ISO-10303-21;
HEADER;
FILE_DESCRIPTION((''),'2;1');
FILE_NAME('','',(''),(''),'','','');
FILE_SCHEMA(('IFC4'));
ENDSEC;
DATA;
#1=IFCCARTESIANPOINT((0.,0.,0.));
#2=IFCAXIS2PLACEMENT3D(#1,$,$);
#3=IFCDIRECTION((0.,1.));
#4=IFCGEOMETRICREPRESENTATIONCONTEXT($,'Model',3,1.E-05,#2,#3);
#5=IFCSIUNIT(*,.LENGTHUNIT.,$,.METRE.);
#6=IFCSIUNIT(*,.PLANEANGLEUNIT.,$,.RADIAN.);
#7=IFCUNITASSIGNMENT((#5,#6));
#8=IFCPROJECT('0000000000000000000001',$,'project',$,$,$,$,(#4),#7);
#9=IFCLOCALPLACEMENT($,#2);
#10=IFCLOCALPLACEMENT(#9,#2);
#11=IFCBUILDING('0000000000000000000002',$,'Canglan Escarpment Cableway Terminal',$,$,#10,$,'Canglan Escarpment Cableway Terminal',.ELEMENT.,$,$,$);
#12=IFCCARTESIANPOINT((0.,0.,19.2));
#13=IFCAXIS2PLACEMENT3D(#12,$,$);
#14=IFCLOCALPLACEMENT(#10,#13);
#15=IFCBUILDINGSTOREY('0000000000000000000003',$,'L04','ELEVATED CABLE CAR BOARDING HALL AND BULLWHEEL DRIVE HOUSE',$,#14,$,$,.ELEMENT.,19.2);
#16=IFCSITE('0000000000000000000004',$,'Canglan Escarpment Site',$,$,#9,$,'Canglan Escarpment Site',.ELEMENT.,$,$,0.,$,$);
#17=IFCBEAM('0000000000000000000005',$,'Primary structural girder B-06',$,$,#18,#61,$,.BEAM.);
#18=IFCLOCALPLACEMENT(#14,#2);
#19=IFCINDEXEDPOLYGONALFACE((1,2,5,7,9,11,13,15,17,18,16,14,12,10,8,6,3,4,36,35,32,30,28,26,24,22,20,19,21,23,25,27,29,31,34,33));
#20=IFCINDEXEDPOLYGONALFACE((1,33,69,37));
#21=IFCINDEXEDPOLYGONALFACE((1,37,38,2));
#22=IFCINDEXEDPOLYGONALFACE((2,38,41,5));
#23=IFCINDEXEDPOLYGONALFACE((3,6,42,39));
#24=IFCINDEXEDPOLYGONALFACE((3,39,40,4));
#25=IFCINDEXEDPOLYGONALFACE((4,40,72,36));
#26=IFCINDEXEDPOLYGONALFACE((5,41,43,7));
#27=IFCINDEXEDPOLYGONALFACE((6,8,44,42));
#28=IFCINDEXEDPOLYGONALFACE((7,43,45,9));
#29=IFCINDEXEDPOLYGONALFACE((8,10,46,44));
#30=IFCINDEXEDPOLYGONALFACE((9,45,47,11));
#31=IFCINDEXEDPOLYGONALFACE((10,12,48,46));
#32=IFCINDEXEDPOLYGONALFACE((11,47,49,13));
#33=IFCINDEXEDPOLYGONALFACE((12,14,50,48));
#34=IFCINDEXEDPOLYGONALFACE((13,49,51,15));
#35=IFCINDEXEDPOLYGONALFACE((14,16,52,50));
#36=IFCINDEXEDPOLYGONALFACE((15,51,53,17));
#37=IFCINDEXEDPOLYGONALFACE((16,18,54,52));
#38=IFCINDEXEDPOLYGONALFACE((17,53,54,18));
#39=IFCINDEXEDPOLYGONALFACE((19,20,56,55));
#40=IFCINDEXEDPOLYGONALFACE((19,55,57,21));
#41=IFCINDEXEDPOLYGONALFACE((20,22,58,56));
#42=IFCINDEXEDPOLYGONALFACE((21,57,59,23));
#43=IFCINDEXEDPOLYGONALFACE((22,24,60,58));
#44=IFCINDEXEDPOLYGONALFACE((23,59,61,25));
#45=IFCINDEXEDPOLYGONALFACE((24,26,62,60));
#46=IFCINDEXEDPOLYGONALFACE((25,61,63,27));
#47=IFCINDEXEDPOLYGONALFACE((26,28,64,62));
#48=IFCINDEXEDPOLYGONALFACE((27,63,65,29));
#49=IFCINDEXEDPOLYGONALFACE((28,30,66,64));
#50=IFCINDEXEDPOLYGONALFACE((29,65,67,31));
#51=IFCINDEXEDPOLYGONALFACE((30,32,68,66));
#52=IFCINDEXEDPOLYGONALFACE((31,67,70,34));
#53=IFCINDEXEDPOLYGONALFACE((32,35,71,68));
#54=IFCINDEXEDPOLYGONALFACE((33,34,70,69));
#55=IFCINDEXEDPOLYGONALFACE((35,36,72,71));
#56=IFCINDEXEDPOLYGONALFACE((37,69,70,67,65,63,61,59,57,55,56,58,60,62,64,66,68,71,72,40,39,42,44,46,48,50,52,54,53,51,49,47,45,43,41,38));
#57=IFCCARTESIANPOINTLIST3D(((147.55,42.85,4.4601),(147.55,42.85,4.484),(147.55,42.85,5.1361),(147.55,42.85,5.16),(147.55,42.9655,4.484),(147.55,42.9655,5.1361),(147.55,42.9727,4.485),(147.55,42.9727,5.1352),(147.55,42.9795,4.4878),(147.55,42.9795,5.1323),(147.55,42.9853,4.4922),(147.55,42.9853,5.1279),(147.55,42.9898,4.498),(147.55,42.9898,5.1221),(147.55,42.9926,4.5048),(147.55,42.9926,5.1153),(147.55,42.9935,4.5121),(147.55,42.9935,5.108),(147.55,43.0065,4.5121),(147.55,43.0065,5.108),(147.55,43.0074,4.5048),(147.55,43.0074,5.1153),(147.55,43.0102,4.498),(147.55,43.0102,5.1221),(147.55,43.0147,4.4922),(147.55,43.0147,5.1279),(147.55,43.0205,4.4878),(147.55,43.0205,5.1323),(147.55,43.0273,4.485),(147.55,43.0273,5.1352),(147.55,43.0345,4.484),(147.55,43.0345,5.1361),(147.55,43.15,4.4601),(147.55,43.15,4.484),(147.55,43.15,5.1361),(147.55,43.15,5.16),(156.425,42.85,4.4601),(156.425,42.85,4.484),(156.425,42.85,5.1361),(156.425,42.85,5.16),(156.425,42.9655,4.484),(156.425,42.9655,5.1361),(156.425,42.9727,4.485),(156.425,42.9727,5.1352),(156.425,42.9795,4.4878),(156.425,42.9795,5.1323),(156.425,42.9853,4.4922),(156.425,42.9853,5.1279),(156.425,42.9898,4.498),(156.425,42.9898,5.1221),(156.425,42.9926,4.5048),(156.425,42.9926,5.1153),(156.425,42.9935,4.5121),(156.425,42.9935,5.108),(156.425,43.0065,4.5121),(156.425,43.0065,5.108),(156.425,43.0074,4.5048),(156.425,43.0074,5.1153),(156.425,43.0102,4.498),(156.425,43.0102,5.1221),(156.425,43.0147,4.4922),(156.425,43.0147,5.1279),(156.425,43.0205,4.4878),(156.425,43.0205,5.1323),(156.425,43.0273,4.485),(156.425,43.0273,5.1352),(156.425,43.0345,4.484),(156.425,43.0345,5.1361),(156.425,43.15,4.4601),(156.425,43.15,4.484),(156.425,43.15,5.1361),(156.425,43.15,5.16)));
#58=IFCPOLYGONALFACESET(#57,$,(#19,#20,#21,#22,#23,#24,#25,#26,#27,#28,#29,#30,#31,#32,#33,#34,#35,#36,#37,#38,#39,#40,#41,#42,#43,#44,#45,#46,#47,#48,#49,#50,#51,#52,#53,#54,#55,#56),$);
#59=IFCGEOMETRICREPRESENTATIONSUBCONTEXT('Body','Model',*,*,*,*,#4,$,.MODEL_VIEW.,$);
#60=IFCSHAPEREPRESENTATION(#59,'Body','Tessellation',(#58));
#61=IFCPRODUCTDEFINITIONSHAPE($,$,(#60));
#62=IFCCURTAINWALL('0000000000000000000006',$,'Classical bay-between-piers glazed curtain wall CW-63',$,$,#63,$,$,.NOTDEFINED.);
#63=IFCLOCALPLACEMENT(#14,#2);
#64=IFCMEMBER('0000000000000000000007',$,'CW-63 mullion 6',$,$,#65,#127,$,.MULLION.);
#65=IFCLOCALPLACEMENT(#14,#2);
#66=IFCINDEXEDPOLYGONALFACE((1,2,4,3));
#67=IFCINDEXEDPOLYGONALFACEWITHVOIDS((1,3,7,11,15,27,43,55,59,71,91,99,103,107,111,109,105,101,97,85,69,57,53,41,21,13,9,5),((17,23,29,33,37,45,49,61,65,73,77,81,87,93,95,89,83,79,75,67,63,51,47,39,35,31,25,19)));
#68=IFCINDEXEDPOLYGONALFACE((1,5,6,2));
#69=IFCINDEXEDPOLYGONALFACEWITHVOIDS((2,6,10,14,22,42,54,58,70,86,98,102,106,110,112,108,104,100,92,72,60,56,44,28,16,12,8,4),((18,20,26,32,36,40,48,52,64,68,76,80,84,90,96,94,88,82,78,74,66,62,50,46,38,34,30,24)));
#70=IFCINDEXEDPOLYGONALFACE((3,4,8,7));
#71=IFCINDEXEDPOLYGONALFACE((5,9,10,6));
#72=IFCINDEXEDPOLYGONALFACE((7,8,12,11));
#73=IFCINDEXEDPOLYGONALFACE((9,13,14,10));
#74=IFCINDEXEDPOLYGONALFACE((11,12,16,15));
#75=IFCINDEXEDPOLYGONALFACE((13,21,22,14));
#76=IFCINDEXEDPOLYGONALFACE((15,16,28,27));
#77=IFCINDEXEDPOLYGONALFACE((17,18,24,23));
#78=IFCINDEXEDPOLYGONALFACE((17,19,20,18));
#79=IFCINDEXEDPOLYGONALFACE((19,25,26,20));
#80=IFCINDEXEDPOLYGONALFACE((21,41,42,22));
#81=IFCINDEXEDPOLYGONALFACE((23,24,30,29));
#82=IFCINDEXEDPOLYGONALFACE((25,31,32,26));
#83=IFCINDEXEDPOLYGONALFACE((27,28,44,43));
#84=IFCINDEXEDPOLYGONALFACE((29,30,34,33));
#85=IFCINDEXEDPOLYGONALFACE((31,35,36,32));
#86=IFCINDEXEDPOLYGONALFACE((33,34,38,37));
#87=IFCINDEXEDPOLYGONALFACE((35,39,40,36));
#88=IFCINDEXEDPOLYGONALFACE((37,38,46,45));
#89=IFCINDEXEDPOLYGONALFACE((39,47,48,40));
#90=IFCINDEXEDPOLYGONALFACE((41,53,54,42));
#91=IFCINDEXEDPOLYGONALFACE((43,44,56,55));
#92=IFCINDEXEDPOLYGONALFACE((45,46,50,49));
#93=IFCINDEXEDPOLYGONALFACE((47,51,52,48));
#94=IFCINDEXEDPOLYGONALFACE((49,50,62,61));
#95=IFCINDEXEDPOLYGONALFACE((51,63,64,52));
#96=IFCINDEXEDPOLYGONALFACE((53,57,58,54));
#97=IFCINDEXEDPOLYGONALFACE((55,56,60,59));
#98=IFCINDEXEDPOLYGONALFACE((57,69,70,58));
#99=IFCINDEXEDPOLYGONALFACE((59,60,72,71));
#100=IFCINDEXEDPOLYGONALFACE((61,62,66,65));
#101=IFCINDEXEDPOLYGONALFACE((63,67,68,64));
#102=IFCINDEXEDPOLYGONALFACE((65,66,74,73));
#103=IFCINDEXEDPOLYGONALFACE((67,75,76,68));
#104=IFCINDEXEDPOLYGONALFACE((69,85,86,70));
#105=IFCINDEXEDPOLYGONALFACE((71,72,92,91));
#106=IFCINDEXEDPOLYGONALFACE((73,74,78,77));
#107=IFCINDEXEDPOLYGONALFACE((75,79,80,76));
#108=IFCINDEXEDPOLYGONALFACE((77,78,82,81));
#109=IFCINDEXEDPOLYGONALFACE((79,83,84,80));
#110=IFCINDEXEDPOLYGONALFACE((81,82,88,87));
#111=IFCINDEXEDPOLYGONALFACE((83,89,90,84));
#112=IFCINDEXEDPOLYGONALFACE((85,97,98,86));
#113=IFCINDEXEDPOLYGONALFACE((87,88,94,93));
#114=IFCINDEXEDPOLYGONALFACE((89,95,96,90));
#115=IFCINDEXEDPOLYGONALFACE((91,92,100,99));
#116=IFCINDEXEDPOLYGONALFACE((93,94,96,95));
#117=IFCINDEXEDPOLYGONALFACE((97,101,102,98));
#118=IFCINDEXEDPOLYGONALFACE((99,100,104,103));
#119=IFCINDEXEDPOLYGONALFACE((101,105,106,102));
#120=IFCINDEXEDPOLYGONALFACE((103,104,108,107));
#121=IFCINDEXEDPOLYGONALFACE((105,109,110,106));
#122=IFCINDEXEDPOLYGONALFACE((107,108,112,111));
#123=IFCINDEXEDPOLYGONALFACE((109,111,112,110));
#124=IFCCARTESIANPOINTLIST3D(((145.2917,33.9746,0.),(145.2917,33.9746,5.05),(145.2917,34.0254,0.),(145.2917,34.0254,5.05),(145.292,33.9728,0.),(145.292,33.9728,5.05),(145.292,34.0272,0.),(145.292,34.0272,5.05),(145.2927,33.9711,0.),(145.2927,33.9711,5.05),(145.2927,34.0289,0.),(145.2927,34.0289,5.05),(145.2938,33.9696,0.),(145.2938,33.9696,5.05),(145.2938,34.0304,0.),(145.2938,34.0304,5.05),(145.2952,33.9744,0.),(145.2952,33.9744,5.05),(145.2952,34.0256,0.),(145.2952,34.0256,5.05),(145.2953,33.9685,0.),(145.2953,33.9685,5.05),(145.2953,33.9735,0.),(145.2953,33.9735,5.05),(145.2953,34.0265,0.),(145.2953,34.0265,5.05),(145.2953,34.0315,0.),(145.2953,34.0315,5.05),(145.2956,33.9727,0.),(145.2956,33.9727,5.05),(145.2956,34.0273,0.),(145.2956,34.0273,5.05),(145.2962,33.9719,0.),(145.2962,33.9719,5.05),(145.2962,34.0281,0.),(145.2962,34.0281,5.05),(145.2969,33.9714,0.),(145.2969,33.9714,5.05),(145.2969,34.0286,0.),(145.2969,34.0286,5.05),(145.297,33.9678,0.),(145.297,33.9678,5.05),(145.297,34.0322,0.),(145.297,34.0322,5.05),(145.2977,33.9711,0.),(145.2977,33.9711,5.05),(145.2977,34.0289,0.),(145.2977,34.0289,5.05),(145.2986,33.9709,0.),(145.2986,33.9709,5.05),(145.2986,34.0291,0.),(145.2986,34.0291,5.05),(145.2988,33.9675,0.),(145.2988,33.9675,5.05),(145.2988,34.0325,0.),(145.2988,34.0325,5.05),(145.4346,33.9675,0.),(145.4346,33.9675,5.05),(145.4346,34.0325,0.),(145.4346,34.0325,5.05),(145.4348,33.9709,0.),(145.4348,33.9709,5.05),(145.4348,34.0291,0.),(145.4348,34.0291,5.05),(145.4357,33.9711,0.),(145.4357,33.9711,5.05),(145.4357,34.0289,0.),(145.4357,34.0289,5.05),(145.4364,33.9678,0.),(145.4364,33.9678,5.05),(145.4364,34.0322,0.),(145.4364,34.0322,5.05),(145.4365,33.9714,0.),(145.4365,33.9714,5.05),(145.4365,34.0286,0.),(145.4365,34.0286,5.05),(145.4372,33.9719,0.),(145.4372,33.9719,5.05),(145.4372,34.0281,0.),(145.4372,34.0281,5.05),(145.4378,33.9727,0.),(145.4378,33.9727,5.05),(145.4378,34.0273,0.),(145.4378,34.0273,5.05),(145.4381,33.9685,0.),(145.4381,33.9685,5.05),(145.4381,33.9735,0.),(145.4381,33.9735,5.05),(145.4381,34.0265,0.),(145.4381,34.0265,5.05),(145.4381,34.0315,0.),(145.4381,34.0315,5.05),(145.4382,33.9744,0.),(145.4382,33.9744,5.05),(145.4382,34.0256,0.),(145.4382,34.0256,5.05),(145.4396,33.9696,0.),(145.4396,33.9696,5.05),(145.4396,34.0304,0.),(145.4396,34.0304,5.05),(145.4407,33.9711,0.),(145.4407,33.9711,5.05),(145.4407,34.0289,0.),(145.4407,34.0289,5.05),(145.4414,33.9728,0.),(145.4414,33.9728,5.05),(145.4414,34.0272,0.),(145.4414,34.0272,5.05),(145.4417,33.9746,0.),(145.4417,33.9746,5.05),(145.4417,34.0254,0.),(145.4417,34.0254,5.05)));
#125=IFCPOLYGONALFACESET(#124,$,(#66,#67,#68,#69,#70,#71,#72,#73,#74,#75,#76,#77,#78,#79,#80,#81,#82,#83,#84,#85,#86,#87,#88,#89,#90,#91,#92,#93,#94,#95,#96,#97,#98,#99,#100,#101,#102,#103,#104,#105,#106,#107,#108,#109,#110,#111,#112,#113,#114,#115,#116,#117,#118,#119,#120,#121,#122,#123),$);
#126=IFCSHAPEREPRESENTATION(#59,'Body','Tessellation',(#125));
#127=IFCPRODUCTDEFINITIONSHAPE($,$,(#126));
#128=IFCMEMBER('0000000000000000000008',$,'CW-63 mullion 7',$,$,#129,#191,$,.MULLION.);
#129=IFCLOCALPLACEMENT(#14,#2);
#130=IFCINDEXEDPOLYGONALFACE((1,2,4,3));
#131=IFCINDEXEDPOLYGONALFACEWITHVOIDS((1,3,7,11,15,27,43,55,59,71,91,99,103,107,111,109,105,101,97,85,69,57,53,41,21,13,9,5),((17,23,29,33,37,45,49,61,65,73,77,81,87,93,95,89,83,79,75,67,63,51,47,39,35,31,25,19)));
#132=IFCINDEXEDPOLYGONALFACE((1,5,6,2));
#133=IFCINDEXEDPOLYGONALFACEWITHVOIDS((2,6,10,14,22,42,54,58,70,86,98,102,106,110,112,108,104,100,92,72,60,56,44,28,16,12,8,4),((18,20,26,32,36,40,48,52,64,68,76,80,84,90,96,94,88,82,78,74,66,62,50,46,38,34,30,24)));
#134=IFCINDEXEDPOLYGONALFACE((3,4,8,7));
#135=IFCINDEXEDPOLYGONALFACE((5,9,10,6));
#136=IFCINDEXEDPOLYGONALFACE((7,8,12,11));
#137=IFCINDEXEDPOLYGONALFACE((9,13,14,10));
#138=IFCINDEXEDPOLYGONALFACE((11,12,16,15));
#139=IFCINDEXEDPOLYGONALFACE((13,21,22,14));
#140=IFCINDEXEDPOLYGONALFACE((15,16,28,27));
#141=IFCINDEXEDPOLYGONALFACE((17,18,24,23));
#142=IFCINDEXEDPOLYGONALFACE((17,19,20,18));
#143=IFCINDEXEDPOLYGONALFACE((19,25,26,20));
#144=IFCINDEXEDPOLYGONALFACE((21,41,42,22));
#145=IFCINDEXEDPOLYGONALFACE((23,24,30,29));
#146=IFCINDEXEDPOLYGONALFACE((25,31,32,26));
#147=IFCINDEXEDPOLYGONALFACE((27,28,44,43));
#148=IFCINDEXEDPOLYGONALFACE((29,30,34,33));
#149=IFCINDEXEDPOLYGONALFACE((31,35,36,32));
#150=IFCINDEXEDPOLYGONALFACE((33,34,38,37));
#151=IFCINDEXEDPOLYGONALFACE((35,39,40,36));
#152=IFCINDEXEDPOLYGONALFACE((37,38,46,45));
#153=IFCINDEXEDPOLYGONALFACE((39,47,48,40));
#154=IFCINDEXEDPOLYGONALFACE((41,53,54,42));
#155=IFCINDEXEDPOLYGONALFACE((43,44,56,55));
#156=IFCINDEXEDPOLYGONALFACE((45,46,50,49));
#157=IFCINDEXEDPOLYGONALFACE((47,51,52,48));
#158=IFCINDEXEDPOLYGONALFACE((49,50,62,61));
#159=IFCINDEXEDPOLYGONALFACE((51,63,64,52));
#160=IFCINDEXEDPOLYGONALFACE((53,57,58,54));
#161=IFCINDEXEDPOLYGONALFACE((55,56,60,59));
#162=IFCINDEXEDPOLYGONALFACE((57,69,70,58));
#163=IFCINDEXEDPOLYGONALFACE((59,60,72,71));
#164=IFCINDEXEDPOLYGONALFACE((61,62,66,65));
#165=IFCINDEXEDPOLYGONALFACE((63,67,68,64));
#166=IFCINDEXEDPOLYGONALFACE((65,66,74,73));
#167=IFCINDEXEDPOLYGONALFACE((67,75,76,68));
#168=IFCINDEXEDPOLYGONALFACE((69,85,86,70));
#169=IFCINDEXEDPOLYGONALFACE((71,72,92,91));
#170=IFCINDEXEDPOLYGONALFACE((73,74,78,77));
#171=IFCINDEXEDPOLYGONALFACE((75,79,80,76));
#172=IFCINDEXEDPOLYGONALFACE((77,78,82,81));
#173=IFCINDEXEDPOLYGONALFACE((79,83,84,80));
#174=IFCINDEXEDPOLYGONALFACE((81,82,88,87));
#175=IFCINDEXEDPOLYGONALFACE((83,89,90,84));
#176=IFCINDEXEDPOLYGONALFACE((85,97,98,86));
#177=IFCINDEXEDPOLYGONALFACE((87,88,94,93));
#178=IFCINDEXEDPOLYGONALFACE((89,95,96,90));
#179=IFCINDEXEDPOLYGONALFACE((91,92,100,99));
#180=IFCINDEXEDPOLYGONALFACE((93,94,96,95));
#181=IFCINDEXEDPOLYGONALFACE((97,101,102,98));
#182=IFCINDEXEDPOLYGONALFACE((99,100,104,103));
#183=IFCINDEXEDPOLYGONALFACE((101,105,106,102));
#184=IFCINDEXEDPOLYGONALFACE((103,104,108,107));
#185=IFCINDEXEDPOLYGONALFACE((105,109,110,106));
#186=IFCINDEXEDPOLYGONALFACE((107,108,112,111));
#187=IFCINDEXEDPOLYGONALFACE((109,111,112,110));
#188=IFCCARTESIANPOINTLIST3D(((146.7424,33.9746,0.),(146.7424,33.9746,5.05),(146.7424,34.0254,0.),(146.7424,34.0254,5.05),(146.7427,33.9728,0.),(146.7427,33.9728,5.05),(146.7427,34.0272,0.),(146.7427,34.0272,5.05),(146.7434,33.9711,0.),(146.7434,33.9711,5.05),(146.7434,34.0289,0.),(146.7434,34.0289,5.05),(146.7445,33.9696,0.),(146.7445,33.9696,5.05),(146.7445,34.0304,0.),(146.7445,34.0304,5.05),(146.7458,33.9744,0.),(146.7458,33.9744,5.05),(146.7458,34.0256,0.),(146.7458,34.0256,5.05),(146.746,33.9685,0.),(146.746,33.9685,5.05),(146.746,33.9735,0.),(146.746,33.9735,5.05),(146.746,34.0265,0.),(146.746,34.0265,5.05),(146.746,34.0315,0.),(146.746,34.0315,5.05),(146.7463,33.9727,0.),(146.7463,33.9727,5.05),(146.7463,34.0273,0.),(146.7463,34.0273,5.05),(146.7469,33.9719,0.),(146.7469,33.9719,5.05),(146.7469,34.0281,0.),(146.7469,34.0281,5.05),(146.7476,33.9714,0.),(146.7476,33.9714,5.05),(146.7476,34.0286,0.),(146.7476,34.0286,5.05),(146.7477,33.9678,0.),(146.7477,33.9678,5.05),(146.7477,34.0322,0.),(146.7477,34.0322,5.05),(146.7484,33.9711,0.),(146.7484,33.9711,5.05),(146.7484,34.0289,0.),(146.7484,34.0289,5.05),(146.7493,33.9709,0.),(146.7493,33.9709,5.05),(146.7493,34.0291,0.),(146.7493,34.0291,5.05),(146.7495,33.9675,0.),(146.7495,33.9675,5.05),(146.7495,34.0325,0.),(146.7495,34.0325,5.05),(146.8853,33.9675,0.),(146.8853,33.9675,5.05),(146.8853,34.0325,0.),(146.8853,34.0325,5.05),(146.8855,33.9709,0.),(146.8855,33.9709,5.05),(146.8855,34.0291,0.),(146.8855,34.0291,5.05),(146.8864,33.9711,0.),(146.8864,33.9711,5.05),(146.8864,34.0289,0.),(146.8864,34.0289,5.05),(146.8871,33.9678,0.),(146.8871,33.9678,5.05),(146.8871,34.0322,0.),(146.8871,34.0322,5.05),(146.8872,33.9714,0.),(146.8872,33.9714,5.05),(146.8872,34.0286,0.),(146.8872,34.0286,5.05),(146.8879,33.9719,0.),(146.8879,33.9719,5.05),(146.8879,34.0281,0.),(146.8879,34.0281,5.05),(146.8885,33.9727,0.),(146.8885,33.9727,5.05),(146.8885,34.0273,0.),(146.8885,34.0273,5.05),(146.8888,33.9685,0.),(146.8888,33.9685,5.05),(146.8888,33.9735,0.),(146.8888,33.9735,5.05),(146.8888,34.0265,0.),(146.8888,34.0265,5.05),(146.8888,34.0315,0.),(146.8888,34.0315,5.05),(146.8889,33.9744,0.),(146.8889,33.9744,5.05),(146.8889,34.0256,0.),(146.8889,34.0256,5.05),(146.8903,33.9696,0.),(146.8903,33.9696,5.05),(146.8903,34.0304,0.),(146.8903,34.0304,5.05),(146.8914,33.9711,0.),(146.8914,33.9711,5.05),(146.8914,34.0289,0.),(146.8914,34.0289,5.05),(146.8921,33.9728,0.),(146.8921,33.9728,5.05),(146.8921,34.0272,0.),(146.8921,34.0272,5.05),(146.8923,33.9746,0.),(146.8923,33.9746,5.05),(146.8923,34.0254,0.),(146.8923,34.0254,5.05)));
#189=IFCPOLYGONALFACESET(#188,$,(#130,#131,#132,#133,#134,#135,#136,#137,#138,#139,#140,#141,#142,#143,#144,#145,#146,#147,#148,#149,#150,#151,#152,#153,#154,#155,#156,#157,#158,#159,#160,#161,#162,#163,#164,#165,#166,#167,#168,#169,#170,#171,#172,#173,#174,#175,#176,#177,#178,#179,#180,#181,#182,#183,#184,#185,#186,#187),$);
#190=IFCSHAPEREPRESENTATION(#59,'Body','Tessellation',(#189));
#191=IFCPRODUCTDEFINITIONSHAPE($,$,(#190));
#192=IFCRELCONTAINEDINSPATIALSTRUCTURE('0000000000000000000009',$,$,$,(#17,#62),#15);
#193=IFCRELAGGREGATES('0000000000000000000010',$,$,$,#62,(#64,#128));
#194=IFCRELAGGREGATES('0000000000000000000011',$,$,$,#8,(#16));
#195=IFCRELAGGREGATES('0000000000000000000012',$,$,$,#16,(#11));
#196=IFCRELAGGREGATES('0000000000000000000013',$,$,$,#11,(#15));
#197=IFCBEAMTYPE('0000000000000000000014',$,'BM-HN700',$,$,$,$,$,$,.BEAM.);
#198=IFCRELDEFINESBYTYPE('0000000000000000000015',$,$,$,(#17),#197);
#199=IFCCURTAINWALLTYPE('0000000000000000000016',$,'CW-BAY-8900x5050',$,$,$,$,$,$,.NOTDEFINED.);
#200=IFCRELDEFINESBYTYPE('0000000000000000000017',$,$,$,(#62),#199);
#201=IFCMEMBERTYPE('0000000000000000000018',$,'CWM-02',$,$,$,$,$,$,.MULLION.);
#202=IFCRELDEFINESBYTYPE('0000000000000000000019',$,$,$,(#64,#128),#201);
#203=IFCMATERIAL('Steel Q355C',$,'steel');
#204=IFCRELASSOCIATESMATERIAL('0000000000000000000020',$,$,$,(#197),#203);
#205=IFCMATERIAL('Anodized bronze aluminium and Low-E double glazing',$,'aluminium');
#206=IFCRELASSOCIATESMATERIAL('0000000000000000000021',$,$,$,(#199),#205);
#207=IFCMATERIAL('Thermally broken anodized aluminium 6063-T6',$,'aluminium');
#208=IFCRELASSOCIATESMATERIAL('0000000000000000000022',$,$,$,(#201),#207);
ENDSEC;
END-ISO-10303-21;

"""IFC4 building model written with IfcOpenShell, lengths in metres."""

from ifc_helpers import new_model, si_unit, direction, frame, origin, origin_2d, place, context, subcontext, project, spatial, hollow_rectangle, i_section, extrude, material, material_profile, profile_set, type_object, element, aggregate, save


model = new_model("IFC4")

# Units and contexts
model_context = context("Model", 3, precision=1e-05, world=origin(), true_north=direction((0.0, 1.0)))
body_context = subcontext(model_context, "Body", "Model", "MODEL_VIEW")
ifc_project = project(units=[si_unit("LENGTHUNIT", "METRE"), si_unit("PLANEANGLEUNIT", "RADIAN")], contexts=[model_context])

# Site, building, storey
site_placement = place(None, origin())
site = spatial("IfcSite", under=ifc_project, at=site_placement, Name="Canglan Escarpment Site", LongName="Canglan Escarpment Site", CompositionType="ELEMENT", RefElevation=0.0)
building_placement = place(site_placement, origin())
building = spatial("IfcBuilding", under=site, at=building_placement, Name="Canglan Escarpment Cableway Terminal", LongName="Canglan Escarpment Cableway Terminal", CompositionType="ELEMENT")
storey_placement = place(building_placement, frame((0.0, 0.0, 19.2)))
storey = spatial("IfcBuildingStorey", under=building, at=storey_placement, Name="L04", Description="ELEVATED CABLE CAR BOARDING HALL AND BULLWHEEL DRIVE HOUSE", CompositionType="ELEMENT", Elevation=19.2)

# Beam
ifc_material_1 = material(Name="Steel Q355C", Category="steel")
ifc_material_profile_1 = material_profile(ifc_material_1, i_section(OverallWidth=0.3, OverallDepth=0.7, WebThickness=0.0129, FlangeThickness=0.0239, FilletRadius=0.0281, at=origin_2d()), Name="HN 700x300x13x24")
ifc_profile_set_1 = profile_set([ifc_material_profile_1], Name="Steel Q355C")
beam_type_1 = type_object("IfcBeamType", Name="BM-HN700", PredefinedType="BEAM", material=ifc_profile_set_1)
beam_1_placement = place(storey_placement, frame((147.55, 43.0, 4.8101), z_axis=(1.0, 0.0, 0.0), x_axis=(0.0, 1.0, 0.0)))
element("IfcBeam", 1, at=beam_1_placement, inside=storey, type_object=beam_type_1, Name="Primary structural girder B-06", PredefinedType="BEAM", context=body_context, shape_type="SweptSolid", body=[
    extrude(i_section(OverallWidth=0.3, OverallDepth=0.7, WebThickness=0.0129, FlangeThickness=0.0239, FilletRadius=0.0281, at=origin_2d()), origin(), (0.0, 0.0, 1.0), 8.875),
])

# Curtain wall, members
ifc_material_2 = material(Name="Anodized bronze aluminium and Low-E double glazing", Category="aluminium")
curtain_wall_type = type_object("IfcCurtainWallType", Name="CW-BAY-8900x5050", PredefinedType="NOTDEFINED", material=ifc_material_2)
curtain_wall_placement = place(storey_placement, origin())
curtain_wall = element("IfcCurtainWall", 2, at=curtain_wall_placement, inside=storey, type_object=curtain_wall_type, Name="Classical bay-between-piers glazed curtain wall CW-63", PredefinedType="NOTDEFINED")
ifc_material_3 = material(Name="Thermally broken anodized aluminium 6063-T6", Category="aluminium")
ifc_material_profile_2 = material_profile(ifc_material_3, hollow_rectangle(XDim=0.0649, YDim=0.1499, WallThickness=0.0034, InnerFilletRadius=0.0034, OuterFilletRadius=0.0071, at=origin_2d()), Name="ALU-MULL 65x150x3.5")
ifc_profile_set_2 = profile_set([ifc_material_profile_2], Name="Thermally broken anodized aluminium 6063-T6")
member_type_1 = type_object("IfcMemberType", Name="CWM-02", PredefinedType="MULLION", material=ifc_profile_set_2)
member_1_placement = place(storey_placement, frame((145.3667, 34.0, 0.0), z_axis=(0.0, 0.0, 1.0), x_axis=(0.0, 1.0, 0.0)))
member_1 = element("IfcMember", 3, at=member_1_placement, type_object=member_type_1, Name="CW-63 mullion 6", PredefinedType="MULLION", context=body_context, shape_type="SweptSolid", body=[
    extrude(hollow_rectangle(XDim=0.0649, YDim=0.1499, WallThickness=0.0034, InnerFilletRadius=0.0034, OuterFilletRadius=0.0071, at=origin_2d()), origin(), (0.0, 0.0, 1.0), 5.05),
])
member_2_placement = place(storey_placement, frame((146.8174, 34.0, 0.0), z_axis=(0.0, 0.0, 1.0), x_axis=(0.0, 1.0, 0.0)))
member_2 = element("IfcMember", 4, at=member_2_placement, type_object=member_type_1, Name="CW-63 mullion 7", PredefinedType="MULLION", context=body_context, shape_type="SweptSolid", body=[
    extrude(hollow_rectangle(XDim=0.0649, YDim=0.1499, WallThickness=0.0034, InnerFilletRadius=0.0034, OuterFilletRadius=0.0071, at=origin_2d()), origin(), (0.0, 0.0, 1.0), 5.05),
])

aggregate(curtain_wall, [member_1, member_2])

save(model, "model.ifc")
